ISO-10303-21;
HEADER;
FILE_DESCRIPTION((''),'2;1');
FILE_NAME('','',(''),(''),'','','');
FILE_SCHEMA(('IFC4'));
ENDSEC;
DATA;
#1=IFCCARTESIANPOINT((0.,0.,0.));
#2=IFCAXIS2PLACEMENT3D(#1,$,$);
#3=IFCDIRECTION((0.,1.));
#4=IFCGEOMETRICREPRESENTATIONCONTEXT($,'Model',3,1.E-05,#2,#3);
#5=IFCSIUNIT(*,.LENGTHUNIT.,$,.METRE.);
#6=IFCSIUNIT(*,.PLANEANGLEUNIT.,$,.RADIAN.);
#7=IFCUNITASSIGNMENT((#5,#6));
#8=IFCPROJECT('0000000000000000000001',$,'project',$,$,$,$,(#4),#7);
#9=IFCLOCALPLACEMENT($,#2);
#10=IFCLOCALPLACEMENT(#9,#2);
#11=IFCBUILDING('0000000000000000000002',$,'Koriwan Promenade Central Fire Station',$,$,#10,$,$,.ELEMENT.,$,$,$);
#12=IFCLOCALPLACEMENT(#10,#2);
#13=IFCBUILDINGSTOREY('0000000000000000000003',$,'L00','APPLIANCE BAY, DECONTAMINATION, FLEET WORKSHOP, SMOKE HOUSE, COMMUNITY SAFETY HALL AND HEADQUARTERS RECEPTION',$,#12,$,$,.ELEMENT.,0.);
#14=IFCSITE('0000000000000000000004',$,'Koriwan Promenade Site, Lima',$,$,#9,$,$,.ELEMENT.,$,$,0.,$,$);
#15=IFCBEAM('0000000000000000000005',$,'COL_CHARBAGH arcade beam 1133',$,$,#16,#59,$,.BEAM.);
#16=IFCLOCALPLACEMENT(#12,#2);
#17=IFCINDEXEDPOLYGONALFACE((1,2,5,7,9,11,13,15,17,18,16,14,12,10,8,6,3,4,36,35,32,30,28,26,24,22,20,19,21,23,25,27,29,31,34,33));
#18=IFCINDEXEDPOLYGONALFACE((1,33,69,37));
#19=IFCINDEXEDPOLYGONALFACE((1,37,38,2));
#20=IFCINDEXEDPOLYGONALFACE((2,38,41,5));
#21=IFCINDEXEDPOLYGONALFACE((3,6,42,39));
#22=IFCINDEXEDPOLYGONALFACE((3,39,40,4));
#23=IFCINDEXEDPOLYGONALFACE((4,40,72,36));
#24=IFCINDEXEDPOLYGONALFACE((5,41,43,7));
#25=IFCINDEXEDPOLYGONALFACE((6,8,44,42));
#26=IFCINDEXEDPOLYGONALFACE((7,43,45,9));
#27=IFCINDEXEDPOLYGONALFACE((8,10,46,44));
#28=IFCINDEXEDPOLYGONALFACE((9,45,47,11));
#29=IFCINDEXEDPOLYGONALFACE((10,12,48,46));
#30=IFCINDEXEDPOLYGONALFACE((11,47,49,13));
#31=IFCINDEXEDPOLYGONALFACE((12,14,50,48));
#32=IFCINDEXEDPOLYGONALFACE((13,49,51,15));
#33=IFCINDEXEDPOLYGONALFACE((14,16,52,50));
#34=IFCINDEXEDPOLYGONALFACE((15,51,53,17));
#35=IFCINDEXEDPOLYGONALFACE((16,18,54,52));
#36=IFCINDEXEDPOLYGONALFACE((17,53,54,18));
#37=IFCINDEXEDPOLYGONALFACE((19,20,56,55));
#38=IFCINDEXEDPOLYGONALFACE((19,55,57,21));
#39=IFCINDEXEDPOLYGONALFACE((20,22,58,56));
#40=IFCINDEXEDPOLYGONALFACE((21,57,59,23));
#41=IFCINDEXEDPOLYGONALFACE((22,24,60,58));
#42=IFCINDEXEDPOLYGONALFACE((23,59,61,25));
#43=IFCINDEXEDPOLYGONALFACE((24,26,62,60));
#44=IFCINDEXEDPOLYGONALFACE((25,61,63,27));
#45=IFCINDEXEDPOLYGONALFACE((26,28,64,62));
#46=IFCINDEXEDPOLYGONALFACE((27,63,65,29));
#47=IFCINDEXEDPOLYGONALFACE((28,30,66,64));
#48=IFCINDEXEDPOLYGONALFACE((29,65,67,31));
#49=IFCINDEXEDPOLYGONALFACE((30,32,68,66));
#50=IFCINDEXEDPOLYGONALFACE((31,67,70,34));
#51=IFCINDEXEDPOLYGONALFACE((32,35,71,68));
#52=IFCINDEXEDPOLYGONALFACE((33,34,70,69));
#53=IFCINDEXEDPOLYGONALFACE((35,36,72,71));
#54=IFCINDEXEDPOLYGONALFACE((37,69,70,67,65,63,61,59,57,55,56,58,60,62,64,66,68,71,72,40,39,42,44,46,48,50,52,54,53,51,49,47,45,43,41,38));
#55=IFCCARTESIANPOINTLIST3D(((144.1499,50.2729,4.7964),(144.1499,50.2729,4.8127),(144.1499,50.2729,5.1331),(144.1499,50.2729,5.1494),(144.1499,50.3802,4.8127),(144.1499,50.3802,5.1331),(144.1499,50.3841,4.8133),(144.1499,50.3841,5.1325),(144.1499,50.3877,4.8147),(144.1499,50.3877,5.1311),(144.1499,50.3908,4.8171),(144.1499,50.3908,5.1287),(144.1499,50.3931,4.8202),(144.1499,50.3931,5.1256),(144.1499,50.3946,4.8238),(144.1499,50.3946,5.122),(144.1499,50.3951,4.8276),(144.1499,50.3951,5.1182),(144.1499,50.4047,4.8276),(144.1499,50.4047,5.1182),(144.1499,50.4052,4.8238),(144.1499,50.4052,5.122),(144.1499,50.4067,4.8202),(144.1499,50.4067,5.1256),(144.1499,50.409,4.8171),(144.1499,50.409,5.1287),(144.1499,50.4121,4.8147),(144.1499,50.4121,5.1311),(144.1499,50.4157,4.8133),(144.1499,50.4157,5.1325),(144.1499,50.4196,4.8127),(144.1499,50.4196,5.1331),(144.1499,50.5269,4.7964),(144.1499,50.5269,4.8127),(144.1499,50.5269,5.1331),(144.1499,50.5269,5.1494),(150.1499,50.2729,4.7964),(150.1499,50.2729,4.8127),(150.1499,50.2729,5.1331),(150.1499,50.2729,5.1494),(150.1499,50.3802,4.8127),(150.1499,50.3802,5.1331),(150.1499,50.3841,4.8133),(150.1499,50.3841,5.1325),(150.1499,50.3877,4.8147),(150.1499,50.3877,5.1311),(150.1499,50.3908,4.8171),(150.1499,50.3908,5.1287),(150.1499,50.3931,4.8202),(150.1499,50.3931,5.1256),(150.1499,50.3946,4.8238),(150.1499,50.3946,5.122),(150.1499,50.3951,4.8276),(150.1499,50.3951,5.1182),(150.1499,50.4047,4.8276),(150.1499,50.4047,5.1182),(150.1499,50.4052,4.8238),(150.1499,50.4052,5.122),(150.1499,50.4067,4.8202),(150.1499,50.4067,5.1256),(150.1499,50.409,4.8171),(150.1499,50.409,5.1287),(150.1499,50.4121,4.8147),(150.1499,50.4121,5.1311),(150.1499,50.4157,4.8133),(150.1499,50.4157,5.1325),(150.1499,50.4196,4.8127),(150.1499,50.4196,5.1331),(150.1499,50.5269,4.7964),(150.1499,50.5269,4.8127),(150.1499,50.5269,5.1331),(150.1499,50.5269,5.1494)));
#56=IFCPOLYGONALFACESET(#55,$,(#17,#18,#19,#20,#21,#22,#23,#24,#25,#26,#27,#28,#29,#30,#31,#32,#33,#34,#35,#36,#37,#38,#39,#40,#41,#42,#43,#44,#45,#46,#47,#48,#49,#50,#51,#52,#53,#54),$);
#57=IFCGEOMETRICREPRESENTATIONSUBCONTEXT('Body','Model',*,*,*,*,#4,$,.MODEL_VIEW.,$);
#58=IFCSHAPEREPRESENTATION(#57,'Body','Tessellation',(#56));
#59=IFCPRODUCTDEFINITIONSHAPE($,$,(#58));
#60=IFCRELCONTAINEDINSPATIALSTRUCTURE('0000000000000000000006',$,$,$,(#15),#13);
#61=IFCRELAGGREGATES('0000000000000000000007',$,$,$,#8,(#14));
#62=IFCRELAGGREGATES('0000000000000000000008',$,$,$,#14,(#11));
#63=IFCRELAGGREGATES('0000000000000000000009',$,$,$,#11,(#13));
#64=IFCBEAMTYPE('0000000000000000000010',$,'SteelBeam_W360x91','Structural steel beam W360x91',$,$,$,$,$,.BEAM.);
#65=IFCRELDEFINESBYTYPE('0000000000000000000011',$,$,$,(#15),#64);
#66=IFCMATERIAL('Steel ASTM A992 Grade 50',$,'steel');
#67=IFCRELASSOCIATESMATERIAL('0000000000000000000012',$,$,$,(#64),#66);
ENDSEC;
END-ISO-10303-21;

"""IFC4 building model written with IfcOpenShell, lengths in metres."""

from ifc_helpers import new_model, si_unit, direction, frame, origin, origin_2d, place, context, subcontext, project, spatial, i_section, extrude, material, material_profile, profile_set, type_object, element, save


model = new_model("IFC4")

# Units and contexts
model_context = context("Model", 3, precision=1e-05, world=origin(), true_north=direction((0.0, 1.0)))
body_context = subcontext(model_context, "Body", "Model", "MODEL_VIEW")
ifc_project = project(units=[si_unit("LENGTHUNIT", "METRE"), si_unit("PLANEANGLEUNIT", "RADIAN")], contexts=[model_context])

# Site, building, storey
site_placement = place(None, origin())
site = spatial("IfcSite", under=ifc_project, at=site_placement, Name="Koriwan Promenade Site, Lima", CompositionType="ELEMENT", RefElevation=0.0)
building_placement = place(site_placement, origin())
building = spatial("IfcBuilding", under=site, at=building_placement, Name="Koriwan Promenade Central Fire Station", CompositionType="ELEMENT")
storey_placement = place(building_placement, origin())
storey = spatial("IfcBuildingStorey", under=building, at=storey_placement, Name="L00", Description="APPLIANCE BAY, DECONTAMINATION, FLEET WORKSHOP, SMOKE HOUSE, COMMUNITY SAFETY HALL AND HEADQUARTERS RECEPTION", CompositionType="ELEMENT", Elevation=0.0)

# Beam
ifc_material_1 = material(Name="Steel ASTM A992 Grade 50", Category="steel")
ifc_material_profile_1 = material_profile(ifc_material_1, i_section(OverallWidth=0.2539, OverallDepth=0.353, WebThickness=0.0095, FlangeThickness=0.0164, FilletRadius=0.0149, at=origin_2d()), Name="W360x91")
ifc_profile_set_1 = profile_set([ifc_material_profile_1], Name="Steel ASTM A992 Grade 50")
beam_type = type_object("IfcBeamType", Name="SteelBeam_W360x91", Description="Structural steel beam W360x91", PredefinedType="BEAM", material=ifc_profile_set_1)
beam_1_placement = place(storey_placement, frame((144.1499, 50.3999, 4.9729), z_axis=(1.0, 0.0, 0.0), x_axis=(0.0, 1.0, 0.0)))
element("IfcBeam", 1, at=beam_1_placement, inside=storey, type_object=beam_type, Name="COL_CHARBAGH arcade beam 1133", PredefinedType="BEAM", context=body_context, shape_type="SweptSolid", body=[
    extrude(i_section(OverallWidth=0.2539, OverallDepth=0.353, WebThickness=0.0095, FlangeThickness=0.0164, FilletRadius=0.0149, at=origin_2d()), origin(), (0.0, 0.0, 1.0), 6.0),
])

save(model, "model.ifc")
